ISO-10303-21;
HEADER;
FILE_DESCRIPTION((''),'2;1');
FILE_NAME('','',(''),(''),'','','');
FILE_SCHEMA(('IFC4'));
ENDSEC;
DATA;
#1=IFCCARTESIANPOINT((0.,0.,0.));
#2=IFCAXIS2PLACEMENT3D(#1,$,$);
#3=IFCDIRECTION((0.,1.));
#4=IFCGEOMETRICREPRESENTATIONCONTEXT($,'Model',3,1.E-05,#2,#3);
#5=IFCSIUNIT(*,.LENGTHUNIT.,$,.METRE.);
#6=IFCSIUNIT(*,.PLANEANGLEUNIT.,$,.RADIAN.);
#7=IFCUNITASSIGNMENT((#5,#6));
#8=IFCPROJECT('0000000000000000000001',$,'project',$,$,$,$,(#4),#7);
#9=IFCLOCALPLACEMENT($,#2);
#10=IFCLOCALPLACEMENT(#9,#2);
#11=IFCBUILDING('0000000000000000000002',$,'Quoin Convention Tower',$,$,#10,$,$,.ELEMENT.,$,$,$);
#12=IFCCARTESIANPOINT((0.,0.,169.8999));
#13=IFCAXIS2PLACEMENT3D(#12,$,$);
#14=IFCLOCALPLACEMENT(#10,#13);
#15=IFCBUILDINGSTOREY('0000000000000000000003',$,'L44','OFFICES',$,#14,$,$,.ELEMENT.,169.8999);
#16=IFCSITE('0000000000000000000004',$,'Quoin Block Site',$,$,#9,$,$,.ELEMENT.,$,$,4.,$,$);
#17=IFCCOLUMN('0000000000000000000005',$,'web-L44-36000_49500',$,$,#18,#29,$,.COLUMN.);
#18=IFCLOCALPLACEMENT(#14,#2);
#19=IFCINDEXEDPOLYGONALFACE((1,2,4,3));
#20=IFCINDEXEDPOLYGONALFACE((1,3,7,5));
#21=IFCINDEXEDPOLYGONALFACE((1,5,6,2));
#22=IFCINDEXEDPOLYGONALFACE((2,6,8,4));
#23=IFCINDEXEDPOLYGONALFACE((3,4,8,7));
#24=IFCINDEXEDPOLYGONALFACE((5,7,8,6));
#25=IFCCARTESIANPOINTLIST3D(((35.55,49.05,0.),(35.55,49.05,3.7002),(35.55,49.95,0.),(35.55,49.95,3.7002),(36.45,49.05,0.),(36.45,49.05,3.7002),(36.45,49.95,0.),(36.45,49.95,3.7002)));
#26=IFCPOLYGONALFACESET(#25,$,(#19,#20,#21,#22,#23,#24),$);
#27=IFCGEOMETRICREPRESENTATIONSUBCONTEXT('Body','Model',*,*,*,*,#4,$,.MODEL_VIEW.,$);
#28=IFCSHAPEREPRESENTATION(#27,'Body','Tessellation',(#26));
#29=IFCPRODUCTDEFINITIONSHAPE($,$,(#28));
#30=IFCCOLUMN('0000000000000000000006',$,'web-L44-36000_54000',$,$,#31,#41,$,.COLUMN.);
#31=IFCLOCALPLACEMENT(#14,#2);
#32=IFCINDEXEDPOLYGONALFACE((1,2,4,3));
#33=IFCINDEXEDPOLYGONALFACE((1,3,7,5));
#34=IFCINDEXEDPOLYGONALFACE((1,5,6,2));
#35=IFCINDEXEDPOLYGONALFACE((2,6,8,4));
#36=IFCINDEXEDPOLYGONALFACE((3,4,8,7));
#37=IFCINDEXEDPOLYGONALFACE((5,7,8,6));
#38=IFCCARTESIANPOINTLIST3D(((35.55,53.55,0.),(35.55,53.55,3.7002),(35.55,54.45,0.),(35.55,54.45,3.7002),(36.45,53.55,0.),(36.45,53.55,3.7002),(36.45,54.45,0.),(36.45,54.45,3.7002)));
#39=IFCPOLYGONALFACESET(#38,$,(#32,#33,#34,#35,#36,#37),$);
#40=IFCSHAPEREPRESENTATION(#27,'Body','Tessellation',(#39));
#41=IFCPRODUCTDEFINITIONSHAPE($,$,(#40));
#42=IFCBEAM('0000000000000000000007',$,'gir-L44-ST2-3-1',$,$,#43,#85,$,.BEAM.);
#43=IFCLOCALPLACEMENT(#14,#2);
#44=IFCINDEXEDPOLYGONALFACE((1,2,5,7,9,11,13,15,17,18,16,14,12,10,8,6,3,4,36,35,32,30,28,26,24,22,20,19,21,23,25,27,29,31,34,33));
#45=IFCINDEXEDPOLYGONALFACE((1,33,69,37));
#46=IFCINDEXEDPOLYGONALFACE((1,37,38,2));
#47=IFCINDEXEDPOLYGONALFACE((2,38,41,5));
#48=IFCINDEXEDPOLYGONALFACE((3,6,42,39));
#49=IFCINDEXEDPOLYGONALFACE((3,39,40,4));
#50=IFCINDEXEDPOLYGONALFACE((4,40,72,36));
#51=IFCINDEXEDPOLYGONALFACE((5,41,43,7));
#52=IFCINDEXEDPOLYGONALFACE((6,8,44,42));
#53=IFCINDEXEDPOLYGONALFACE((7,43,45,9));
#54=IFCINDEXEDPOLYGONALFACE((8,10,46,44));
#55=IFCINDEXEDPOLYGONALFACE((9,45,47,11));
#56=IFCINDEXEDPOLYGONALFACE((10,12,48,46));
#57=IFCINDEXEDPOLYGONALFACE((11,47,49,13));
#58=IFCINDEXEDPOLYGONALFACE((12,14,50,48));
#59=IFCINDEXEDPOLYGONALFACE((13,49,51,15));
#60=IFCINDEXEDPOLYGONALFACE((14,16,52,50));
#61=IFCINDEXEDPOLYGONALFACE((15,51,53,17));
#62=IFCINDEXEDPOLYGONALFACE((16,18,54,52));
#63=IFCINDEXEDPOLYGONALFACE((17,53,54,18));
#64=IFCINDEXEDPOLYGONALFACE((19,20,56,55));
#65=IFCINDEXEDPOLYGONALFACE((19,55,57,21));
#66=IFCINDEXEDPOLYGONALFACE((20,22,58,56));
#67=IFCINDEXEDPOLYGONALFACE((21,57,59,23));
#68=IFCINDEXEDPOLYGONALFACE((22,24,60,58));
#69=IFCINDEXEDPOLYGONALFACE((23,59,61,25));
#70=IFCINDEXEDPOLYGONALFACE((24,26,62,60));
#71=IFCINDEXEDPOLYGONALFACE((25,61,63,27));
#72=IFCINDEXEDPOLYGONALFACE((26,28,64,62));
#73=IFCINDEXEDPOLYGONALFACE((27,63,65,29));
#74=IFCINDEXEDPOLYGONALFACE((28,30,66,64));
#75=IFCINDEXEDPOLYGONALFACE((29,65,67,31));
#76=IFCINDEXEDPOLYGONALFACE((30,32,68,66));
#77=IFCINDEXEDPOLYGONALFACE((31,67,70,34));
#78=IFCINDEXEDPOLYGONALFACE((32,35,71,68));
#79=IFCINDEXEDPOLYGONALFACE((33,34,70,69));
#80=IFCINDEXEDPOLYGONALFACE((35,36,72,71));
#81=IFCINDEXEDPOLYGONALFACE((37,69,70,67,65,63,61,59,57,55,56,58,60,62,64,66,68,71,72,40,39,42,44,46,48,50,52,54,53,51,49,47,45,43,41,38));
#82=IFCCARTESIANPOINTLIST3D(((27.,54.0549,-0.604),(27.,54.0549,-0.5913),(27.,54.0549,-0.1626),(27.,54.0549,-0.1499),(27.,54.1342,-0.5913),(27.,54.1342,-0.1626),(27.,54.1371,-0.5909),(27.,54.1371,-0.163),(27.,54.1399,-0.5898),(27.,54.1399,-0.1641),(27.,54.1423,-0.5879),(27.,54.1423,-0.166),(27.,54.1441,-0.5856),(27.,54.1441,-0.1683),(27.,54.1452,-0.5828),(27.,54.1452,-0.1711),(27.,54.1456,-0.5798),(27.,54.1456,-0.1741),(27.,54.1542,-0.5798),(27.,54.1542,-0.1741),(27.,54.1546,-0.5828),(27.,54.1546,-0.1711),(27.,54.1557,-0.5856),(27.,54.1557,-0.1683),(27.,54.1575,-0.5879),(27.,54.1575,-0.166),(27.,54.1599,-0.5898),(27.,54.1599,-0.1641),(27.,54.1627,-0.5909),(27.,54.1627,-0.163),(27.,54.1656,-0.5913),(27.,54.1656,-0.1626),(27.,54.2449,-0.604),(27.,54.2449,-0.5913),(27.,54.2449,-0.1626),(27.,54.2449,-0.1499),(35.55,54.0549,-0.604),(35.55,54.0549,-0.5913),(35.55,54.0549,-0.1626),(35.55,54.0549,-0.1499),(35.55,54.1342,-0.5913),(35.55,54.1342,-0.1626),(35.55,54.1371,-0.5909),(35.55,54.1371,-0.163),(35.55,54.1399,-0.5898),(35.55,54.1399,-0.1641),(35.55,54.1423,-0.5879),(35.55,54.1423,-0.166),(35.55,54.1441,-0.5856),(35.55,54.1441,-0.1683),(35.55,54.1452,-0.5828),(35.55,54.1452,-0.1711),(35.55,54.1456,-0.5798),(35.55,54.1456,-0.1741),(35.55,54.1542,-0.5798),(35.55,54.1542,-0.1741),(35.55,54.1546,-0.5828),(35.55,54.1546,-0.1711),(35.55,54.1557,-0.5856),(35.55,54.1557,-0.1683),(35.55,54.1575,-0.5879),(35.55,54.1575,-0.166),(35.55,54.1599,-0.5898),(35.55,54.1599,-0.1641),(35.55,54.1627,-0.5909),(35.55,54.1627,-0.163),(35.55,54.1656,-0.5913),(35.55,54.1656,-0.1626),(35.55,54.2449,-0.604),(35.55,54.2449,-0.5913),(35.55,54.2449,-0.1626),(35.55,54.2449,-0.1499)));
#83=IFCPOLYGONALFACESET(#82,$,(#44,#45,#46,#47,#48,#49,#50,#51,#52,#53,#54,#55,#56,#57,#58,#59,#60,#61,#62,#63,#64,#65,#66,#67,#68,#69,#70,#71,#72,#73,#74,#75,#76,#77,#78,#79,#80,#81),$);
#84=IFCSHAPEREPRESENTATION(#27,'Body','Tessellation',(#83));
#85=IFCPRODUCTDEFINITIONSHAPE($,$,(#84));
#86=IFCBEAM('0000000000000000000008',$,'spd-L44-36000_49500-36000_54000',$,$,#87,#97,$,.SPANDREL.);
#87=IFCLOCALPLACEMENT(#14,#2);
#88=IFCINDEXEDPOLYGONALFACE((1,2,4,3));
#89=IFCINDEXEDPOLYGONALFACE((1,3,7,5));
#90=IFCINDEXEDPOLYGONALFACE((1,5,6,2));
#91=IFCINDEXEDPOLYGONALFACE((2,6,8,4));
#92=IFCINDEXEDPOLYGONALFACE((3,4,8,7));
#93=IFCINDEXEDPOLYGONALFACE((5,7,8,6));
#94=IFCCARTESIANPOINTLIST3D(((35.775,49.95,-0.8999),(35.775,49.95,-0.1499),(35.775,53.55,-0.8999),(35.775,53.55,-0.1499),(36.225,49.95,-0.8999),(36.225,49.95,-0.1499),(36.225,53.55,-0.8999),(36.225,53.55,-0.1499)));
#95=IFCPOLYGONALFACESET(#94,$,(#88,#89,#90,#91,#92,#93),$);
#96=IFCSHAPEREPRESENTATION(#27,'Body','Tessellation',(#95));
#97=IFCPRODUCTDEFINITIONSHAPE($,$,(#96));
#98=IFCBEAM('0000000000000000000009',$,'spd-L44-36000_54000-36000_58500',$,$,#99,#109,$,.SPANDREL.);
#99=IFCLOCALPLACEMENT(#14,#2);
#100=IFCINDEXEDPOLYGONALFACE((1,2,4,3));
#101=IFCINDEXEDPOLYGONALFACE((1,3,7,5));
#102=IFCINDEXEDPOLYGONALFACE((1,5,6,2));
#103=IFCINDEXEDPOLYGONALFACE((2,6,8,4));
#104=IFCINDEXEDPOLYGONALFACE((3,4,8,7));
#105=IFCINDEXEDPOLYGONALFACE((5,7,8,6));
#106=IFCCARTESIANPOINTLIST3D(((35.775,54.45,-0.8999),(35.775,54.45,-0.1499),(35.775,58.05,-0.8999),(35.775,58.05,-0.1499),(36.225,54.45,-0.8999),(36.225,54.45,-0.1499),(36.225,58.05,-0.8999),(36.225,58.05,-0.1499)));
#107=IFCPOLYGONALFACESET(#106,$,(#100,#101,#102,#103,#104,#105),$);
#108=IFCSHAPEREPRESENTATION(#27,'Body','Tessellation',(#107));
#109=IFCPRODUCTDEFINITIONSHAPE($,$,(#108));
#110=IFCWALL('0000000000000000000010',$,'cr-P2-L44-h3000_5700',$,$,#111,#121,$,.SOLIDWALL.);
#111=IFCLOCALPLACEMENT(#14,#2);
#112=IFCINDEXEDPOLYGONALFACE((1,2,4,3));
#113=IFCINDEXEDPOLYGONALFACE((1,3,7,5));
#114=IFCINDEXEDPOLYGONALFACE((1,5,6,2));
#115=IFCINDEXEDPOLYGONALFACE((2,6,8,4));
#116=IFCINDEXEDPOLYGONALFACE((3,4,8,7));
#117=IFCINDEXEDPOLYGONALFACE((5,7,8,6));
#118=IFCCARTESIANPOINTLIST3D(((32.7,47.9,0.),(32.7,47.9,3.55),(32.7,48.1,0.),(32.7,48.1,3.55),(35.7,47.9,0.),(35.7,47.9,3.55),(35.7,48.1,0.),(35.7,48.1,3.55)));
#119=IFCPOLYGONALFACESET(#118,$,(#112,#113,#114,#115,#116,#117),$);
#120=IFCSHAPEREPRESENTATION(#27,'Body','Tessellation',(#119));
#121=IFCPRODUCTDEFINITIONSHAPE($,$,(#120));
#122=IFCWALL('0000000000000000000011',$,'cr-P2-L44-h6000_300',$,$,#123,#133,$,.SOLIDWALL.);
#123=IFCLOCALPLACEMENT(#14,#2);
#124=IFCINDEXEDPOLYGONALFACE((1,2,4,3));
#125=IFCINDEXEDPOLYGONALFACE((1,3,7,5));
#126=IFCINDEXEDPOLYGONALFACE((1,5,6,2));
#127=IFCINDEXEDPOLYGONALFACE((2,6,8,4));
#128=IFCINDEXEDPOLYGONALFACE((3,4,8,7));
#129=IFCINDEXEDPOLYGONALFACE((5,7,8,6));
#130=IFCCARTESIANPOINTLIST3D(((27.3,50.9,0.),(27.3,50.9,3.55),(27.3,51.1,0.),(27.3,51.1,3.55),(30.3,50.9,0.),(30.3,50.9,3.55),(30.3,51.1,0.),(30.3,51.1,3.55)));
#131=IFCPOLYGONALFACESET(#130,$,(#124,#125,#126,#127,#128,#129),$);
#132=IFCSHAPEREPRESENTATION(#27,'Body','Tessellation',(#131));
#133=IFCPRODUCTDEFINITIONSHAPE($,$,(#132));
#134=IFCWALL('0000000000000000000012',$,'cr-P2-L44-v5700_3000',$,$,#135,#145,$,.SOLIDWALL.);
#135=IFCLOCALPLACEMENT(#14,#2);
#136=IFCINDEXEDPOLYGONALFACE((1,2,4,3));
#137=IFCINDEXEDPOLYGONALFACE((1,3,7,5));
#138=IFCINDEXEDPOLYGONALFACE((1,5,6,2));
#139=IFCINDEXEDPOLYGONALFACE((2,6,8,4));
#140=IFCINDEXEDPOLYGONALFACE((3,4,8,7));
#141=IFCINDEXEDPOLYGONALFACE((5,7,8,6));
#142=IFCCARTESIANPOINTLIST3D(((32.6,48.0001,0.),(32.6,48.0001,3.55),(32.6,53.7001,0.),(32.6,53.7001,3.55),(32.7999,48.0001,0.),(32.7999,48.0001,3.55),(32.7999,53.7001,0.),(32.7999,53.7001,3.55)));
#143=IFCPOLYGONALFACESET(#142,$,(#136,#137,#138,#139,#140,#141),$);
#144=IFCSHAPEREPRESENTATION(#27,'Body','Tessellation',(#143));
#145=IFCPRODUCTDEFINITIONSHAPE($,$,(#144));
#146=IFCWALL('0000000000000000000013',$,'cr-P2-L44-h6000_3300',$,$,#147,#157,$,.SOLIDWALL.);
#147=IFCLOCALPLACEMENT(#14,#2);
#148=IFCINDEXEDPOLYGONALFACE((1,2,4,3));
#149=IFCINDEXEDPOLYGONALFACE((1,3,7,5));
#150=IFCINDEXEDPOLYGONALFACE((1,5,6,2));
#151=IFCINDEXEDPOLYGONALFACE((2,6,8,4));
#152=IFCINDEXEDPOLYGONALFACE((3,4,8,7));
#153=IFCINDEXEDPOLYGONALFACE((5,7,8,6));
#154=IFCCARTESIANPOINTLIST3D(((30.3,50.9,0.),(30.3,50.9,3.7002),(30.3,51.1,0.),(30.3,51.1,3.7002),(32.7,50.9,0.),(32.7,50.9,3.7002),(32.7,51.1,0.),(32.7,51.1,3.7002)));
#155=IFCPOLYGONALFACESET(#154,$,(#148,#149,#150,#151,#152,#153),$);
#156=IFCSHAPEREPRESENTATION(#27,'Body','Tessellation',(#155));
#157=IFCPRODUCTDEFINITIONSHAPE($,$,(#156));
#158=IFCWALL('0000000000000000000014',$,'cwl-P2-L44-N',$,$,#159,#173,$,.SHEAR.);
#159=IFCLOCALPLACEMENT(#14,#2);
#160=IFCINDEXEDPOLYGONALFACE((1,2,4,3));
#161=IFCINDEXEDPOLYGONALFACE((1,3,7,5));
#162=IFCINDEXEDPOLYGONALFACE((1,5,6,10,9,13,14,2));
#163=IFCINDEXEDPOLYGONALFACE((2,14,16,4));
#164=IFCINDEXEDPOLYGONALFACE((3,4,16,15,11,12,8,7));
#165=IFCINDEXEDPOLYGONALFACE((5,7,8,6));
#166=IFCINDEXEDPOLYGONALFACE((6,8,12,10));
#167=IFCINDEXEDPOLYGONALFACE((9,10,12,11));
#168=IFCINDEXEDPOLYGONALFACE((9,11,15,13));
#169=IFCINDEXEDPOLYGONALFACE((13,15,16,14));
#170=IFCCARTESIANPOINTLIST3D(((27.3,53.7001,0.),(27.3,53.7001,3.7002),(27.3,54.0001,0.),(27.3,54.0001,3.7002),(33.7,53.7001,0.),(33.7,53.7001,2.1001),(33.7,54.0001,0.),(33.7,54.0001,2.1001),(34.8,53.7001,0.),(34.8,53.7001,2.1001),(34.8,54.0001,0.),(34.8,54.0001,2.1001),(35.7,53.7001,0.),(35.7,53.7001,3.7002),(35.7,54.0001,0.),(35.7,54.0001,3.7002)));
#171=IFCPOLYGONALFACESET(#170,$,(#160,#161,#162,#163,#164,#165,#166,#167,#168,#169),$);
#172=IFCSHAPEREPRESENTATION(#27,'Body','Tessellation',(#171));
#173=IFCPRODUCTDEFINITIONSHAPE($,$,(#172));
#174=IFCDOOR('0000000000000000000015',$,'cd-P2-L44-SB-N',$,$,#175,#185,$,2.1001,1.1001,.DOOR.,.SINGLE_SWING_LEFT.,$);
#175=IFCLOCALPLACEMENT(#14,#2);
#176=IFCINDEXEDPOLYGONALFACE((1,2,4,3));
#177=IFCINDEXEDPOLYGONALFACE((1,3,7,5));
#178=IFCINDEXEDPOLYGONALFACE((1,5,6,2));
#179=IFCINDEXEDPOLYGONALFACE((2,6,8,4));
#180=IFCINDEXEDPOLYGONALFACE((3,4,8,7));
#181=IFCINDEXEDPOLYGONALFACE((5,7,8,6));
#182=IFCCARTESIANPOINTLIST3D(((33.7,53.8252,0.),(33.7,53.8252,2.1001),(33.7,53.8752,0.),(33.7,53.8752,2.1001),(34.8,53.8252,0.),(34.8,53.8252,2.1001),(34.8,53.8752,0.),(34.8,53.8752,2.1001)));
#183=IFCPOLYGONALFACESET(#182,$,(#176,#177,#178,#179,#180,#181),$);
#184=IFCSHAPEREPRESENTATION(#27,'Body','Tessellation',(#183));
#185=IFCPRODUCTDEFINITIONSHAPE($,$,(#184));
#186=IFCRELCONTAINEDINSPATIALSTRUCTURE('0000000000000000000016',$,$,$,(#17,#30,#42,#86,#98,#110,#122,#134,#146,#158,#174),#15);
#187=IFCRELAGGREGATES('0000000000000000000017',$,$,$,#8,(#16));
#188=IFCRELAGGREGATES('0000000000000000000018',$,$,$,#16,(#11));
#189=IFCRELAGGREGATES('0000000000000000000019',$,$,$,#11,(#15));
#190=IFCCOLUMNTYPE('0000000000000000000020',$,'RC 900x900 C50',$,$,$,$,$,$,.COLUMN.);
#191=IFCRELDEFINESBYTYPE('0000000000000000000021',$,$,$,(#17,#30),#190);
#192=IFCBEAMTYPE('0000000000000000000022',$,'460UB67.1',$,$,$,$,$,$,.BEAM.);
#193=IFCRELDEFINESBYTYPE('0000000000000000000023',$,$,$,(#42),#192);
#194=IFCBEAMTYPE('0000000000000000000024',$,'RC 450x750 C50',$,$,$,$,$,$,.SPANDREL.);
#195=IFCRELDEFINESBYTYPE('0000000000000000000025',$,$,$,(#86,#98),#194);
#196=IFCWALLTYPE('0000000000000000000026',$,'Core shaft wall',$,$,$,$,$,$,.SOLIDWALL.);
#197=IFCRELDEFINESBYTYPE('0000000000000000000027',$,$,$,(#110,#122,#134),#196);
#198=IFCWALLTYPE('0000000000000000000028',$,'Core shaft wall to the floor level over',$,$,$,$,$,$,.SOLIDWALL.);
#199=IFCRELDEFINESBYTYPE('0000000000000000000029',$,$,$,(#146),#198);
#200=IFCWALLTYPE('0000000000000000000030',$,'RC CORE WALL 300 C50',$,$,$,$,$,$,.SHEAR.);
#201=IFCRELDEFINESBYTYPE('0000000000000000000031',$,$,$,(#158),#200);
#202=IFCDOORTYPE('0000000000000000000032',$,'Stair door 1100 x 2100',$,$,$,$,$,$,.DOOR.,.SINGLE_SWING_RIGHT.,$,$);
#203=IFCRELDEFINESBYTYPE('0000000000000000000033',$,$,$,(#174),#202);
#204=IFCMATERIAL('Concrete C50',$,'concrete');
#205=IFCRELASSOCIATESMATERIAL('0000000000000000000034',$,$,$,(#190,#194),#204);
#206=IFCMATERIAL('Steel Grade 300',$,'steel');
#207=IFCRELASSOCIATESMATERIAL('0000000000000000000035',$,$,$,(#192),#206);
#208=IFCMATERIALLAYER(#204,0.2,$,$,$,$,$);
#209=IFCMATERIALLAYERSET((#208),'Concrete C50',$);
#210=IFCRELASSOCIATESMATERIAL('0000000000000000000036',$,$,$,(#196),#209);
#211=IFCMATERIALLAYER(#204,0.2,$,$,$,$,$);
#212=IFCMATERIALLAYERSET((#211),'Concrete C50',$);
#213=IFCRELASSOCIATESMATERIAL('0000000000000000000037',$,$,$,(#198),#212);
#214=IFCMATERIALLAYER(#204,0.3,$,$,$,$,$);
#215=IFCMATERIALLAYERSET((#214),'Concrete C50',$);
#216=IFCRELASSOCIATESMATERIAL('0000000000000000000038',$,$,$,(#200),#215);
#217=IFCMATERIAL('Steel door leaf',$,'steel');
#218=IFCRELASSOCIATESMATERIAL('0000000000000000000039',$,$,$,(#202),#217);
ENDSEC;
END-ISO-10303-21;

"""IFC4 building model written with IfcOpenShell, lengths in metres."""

from ifc_helpers import new_model, si_unit, direction, frame, frame_2d, origin, origin_2d, place, context, subcontext, project, spatial, rectangle, i_section, extrude, material, layer, layer_set, material_profile, profile_set, type_object, element, fill, save


model = new_model("IFC4")

# Units and contexts
model_context = context("Model", 3, precision=1e-05, world=origin(), true_north=direction((0.0, 1.0)))
body_context = subcontext(model_context, "Body", "Model", "MODEL_VIEW")
ifc_project = project(units=[si_unit("LENGTHUNIT", "METRE"), si_unit("PLANEANGLEUNIT", "RADIAN")], contexts=[model_context])

# Site, building, storey
site_placement = place(None, origin())
site = spatial("IfcSite", under=ifc_project, at=site_placement, Name="Quoin Block Site", CompositionType="ELEMENT", RefElevation=4.0)
building_placement = place(site_placement, origin())
building = spatial("IfcBuilding", under=site, at=building_placement, Name="Quoin Convention Tower", CompositionType="ELEMENT")
storey_placement = place(building_placement, frame((0.0, 0.0, 169.8999)))
storey = spatial("IfcBuildingStorey", under=building, at=storey_placement, Name="L44", Description="OFFICES", CompositionType="ELEMENT", Elevation=169.8999)

# Columns
ifc_material_1 = material(Name="Concrete C50", Category="concrete")
ifc_material_profile_1 = material_profile(ifc_material_1, rectangle(XDim=0.8999, YDim=0.8999, at=origin_2d()), Name="RC 900x900")
ifc_profile_set_1 = profile_set([ifc_material_profile_1], Name="Concrete C50")
column_type = type_object("IfcColumnType", Name="RC 900x900 C50", PredefinedType="COLUMN", material=ifc_profile_set_1)
for number, where, z_axis, x_axis, name in (
    (1, (36.0, 49.5, 0.0), (0.0, 0.0, 1.0), (1.0, 0.0, 0.0), "web-L44-36000_49500"),
    (2, (36.0, 54.0, 0.0), (0.0, 0.0, 1.0), (1.0, 0.0, 0.0), "web-L44-36000_54000"),
):
    element("IfcColumn", number, at=place(storey_placement, frame(where, z_axis=z_axis, x_axis=x_axis)), inside=storey, type_object=column_type, Name=name, PredefinedType="COLUMN", context=body_context, shape_type="SweptSolid", body=[
        extrude(rectangle(XDim=0.8999, YDim=0.8999, at=origin_2d()), origin(), (0.0, 0.0, 1.0), 3.7002),
    ])

# Beams
ifc_material_2 = material(Name="Steel Grade 300", Category="steel")
ifc_material_profile_2 = material_profile(ifc_material_2, i_section(OverallWidth=0.1899, OverallDepth=0.4541, WebThickness=0.0085, FlangeThickness=0.0127, FilletRadius=0.0115, at=origin_2d()), Name="460UB67.1")
ifc_profile_set_2 = profile_set([ifc_material_profile_2], Name="Steel Grade 300")
beam_type_1 = type_object("IfcBeamType", Name="460UB67.1", PredefinedType="BEAM", material=ifc_profile_set_2)
beam_placement = place(storey_placement, frame((27.0, 54.1499, -0.377), z_axis=(1.0, 0.0, 0.0), x_axis=(0.0, 1.0, 0.0)))
element("IfcBeam", 3, at=beam_placement, inside=storey, type_object=beam_type_1, Name="gir-L44-ST2-3-1", PredefinedType="BEAM", context=body_context, shape_type="SweptSolid", body=[
    extrude(i_section(OverallWidth=0.1899, OverallDepth=0.4541, WebThickness=0.0085, FlangeThickness=0.0127, FilletRadius=0.0115, at=origin_2d()), origin(), (0.0, 0.0, 1.0), 8.55),
])
ifc_material_profile_3 = material_profile(ifc_material_1, rectangle(XDim=0.45, YDim=0.75, at=origin_2d()), Name="RC 450x750")
ifc_profile_set_3 = profile_set([ifc_material_profile_3], Name="Concrete C50")
beam_type_2 = type_object("IfcBeamType", Name="RC 450x750 C50", PredefinedType="SPANDREL", material=ifc_profile_set_3)
for number, where, z_axis, x_axis, name in (
    (4, (36.0, 49.95, -0.5249), (0.0, 1.0, 0.0), (-1.0, 0.0, 0.0), "spd-L44-36000_49500-36000_54000"),
    (5, (36.0, 54.45, -0.5249), (0.0, 1.0, 0.0), (-1.0, 0.0, 0.0), "spd-L44-36000_54000-36000_58500"),
):
    element("IfcBeam", number, at=place(storey_placement, frame(where, z_axis=z_axis, x_axis=x_axis)), inside=storey, type_object=beam_type_2, Name=name, PredefinedType="SPANDREL", context=body_context, shape_type="SweptSolid", body=[
        extrude(rectangle(XDim=0.45, YDim=0.75, at=origin_2d()), origin(), (0.0, 0.0, 1.0), 3.6001),
    ])

# Walls
ifc_layer_1 = layer(ifc_material_1, 0.2)
ifc_layer_set_1 = layer_set([ifc_layer_1], Name="Concrete C50")
wall_type_1 = type_object("IfcWallType", Name="Core shaft wall", PredefinedType="SOLIDWALL", material=ifc_layer_set_1)
for number, where, z_axis, x_axis, name in (
    (6, (32.7, 48.0, 0.0), (0.0, 0.0, 1.0), (1.0, 0.0, 0.0), "cr-P2-L44-h3000_5700"),
    (7, (27.3, 51.0, 0.0), (0.0, 0.0, 1.0), (1.0, 0.0, 0.0), "cr-P2-L44-h6000_300"),
):
    element("IfcWall", number, at=place(storey_placement, frame(where, z_axis=z_axis, x_axis=x_axis)), inside=storey, type_object=wall_type_1, Name=name, PredefinedType="SOLIDWALL", context=body_context, shape_type="SweptSolid", body=[
        extrude(rectangle(XDim=3.0, YDim=0.2, at=frame_2d((1.5, 0.0))), origin(), (0.0, 0.0, 1.0), 3.55),
    ])
wall_1_placement = place(storey_placement, frame((32.7, 48.0, 0.0), z_axis=(0.0, 0.0, 1.0), x_axis=(0.0, 1.0, 0.0)))
element("IfcWall", 8, at=wall_1_placement, inside=storey, type_object=wall_type_1, Name="cr-P2-L44-v5700_3000", PredefinedType="SOLIDWALL", context=body_context, shape_type="SweptSolid", body=[
    extrude(rectangle(XDim=5.7, YDim=0.2, at=frame_2d((2.8501, 0.0))), origin(), (0.0, 0.0, 1.0), 3.55),
])
ifc_layer_2 = layer(ifc_material_1, 0.2)
ifc_layer_set_2 = layer_set([ifc_layer_2], Name="Concrete C50")
wall_type_2 = type_object("IfcWallType", Name="Core shaft wall to the floor level over", PredefinedType="SOLIDWALL", material=ifc_layer_set_2)
wall_2_placement = place(storey_placement, frame((30.3, 51.0, 0.0), z_axis=(0.0, 0.0, 1.0), x_axis=(1.0, 0.0, 0.0)))
element("IfcWall", 9, at=wall_2_placement, inside=storey, type_object=wall_type_2, Name="cr-P2-L44-h6000_3300", PredefinedType="SOLIDWALL", context=body_context, shape_type="SweptSolid", body=[
    extrude(rectangle(XDim=2.3999, YDim=0.2, at=frame_2d((1.2, 0.0))), origin(), (0.0, 0.0, 1.0), 3.7002),
])

# Wall, opening, door
ifc_layer_3 = layer(ifc_material_1, 0.3)
ifc_layer_set_3 = layer_set([ifc_layer_3], Name="Concrete C50")
wall_type_3 = type_object("IfcWallType", Name="RC CORE WALL 300 C50", PredefinedType="SHEAR", material=ifc_layer_set_3)
wall_3_placement = place(storey_placement, frame((27.3, 53.8501, 0.0), z_axis=(0.0, 0.0, 1.0), x_axis=(1.0, 0.0, 0.0)))
wall_3 = element("IfcWall", 10, at=wall_3_placement, inside=storey, type_object=wall_type_3, Name="cwl-P2-L44-N", PredefinedType="SHEAR", context=body_context, shape_type="SweptSolid", body=[
    extrude(rectangle(XDim=8.3999, YDim=0.3, at=frame_2d((4.2, 0.0))), origin(), (0.0, 0.0, 1.0), 3.7002),
])
opening_1_placement = place(wall_3_placement, frame((6.3999, 0.0, 0.0)))
opening_1 = element("IfcOpeningElement", 11, at=opening_1_placement, cuts=wall_3, PredefinedType="OPENING", context=body_context, shape_type="SweptSolid", body=[
    extrude(rectangle(XDim=1.1001, YDim=2.1001, at=frame_2d((0.55, 1.05))), frame((0.0, 0.1599, 0.0), z_axis=(0.0, -1.0, 0.0), x_axis=(1.0, 0.0, 0.0)), (0.0, 0.0, 1.0), 0.3201),
])
ifc_material_3 = material(Name="Steel door leaf", Category="steel")
door_type_1 = type_object("IfcDoorType", Name="Stair door 1100 x 2100", OperationType="SINGLE_SWING_RIGHT", PredefinedType="DOOR", material=ifc_material_3)
door_1_placement = place(opening_1_placement, frame((1.1001, 0.0, 0.0), z_axis=(0.0, 0.0, 1.0), x_axis=(-1.0, 0.0, 0.0)))
door_1 = element("IfcDoor", 12, at=door_1_placement, inside=storey, type_object=door_type_1, Name="cd-P2-L44-SB-N", OperationType="SINGLE_SWING_LEFT", OverallHeight=2.1001, OverallWidth=1.1001, PredefinedType="DOOR", context=body_context, shape_type="SweptSolid", body=[
    extrude(rectangle(XDim=1.1001, YDim=2.1001, at=frame_2d((0.55, 1.05))), frame((0.0, 0.0249, 0.0), z_axis=(0.0, -1.0, 0.0), x_axis=(1.0, 0.0, 0.0)), (0.0, 0.0, 1.0), 0.05),
])
fill(opening_1, door_1)

save(model, "model.ifc")
